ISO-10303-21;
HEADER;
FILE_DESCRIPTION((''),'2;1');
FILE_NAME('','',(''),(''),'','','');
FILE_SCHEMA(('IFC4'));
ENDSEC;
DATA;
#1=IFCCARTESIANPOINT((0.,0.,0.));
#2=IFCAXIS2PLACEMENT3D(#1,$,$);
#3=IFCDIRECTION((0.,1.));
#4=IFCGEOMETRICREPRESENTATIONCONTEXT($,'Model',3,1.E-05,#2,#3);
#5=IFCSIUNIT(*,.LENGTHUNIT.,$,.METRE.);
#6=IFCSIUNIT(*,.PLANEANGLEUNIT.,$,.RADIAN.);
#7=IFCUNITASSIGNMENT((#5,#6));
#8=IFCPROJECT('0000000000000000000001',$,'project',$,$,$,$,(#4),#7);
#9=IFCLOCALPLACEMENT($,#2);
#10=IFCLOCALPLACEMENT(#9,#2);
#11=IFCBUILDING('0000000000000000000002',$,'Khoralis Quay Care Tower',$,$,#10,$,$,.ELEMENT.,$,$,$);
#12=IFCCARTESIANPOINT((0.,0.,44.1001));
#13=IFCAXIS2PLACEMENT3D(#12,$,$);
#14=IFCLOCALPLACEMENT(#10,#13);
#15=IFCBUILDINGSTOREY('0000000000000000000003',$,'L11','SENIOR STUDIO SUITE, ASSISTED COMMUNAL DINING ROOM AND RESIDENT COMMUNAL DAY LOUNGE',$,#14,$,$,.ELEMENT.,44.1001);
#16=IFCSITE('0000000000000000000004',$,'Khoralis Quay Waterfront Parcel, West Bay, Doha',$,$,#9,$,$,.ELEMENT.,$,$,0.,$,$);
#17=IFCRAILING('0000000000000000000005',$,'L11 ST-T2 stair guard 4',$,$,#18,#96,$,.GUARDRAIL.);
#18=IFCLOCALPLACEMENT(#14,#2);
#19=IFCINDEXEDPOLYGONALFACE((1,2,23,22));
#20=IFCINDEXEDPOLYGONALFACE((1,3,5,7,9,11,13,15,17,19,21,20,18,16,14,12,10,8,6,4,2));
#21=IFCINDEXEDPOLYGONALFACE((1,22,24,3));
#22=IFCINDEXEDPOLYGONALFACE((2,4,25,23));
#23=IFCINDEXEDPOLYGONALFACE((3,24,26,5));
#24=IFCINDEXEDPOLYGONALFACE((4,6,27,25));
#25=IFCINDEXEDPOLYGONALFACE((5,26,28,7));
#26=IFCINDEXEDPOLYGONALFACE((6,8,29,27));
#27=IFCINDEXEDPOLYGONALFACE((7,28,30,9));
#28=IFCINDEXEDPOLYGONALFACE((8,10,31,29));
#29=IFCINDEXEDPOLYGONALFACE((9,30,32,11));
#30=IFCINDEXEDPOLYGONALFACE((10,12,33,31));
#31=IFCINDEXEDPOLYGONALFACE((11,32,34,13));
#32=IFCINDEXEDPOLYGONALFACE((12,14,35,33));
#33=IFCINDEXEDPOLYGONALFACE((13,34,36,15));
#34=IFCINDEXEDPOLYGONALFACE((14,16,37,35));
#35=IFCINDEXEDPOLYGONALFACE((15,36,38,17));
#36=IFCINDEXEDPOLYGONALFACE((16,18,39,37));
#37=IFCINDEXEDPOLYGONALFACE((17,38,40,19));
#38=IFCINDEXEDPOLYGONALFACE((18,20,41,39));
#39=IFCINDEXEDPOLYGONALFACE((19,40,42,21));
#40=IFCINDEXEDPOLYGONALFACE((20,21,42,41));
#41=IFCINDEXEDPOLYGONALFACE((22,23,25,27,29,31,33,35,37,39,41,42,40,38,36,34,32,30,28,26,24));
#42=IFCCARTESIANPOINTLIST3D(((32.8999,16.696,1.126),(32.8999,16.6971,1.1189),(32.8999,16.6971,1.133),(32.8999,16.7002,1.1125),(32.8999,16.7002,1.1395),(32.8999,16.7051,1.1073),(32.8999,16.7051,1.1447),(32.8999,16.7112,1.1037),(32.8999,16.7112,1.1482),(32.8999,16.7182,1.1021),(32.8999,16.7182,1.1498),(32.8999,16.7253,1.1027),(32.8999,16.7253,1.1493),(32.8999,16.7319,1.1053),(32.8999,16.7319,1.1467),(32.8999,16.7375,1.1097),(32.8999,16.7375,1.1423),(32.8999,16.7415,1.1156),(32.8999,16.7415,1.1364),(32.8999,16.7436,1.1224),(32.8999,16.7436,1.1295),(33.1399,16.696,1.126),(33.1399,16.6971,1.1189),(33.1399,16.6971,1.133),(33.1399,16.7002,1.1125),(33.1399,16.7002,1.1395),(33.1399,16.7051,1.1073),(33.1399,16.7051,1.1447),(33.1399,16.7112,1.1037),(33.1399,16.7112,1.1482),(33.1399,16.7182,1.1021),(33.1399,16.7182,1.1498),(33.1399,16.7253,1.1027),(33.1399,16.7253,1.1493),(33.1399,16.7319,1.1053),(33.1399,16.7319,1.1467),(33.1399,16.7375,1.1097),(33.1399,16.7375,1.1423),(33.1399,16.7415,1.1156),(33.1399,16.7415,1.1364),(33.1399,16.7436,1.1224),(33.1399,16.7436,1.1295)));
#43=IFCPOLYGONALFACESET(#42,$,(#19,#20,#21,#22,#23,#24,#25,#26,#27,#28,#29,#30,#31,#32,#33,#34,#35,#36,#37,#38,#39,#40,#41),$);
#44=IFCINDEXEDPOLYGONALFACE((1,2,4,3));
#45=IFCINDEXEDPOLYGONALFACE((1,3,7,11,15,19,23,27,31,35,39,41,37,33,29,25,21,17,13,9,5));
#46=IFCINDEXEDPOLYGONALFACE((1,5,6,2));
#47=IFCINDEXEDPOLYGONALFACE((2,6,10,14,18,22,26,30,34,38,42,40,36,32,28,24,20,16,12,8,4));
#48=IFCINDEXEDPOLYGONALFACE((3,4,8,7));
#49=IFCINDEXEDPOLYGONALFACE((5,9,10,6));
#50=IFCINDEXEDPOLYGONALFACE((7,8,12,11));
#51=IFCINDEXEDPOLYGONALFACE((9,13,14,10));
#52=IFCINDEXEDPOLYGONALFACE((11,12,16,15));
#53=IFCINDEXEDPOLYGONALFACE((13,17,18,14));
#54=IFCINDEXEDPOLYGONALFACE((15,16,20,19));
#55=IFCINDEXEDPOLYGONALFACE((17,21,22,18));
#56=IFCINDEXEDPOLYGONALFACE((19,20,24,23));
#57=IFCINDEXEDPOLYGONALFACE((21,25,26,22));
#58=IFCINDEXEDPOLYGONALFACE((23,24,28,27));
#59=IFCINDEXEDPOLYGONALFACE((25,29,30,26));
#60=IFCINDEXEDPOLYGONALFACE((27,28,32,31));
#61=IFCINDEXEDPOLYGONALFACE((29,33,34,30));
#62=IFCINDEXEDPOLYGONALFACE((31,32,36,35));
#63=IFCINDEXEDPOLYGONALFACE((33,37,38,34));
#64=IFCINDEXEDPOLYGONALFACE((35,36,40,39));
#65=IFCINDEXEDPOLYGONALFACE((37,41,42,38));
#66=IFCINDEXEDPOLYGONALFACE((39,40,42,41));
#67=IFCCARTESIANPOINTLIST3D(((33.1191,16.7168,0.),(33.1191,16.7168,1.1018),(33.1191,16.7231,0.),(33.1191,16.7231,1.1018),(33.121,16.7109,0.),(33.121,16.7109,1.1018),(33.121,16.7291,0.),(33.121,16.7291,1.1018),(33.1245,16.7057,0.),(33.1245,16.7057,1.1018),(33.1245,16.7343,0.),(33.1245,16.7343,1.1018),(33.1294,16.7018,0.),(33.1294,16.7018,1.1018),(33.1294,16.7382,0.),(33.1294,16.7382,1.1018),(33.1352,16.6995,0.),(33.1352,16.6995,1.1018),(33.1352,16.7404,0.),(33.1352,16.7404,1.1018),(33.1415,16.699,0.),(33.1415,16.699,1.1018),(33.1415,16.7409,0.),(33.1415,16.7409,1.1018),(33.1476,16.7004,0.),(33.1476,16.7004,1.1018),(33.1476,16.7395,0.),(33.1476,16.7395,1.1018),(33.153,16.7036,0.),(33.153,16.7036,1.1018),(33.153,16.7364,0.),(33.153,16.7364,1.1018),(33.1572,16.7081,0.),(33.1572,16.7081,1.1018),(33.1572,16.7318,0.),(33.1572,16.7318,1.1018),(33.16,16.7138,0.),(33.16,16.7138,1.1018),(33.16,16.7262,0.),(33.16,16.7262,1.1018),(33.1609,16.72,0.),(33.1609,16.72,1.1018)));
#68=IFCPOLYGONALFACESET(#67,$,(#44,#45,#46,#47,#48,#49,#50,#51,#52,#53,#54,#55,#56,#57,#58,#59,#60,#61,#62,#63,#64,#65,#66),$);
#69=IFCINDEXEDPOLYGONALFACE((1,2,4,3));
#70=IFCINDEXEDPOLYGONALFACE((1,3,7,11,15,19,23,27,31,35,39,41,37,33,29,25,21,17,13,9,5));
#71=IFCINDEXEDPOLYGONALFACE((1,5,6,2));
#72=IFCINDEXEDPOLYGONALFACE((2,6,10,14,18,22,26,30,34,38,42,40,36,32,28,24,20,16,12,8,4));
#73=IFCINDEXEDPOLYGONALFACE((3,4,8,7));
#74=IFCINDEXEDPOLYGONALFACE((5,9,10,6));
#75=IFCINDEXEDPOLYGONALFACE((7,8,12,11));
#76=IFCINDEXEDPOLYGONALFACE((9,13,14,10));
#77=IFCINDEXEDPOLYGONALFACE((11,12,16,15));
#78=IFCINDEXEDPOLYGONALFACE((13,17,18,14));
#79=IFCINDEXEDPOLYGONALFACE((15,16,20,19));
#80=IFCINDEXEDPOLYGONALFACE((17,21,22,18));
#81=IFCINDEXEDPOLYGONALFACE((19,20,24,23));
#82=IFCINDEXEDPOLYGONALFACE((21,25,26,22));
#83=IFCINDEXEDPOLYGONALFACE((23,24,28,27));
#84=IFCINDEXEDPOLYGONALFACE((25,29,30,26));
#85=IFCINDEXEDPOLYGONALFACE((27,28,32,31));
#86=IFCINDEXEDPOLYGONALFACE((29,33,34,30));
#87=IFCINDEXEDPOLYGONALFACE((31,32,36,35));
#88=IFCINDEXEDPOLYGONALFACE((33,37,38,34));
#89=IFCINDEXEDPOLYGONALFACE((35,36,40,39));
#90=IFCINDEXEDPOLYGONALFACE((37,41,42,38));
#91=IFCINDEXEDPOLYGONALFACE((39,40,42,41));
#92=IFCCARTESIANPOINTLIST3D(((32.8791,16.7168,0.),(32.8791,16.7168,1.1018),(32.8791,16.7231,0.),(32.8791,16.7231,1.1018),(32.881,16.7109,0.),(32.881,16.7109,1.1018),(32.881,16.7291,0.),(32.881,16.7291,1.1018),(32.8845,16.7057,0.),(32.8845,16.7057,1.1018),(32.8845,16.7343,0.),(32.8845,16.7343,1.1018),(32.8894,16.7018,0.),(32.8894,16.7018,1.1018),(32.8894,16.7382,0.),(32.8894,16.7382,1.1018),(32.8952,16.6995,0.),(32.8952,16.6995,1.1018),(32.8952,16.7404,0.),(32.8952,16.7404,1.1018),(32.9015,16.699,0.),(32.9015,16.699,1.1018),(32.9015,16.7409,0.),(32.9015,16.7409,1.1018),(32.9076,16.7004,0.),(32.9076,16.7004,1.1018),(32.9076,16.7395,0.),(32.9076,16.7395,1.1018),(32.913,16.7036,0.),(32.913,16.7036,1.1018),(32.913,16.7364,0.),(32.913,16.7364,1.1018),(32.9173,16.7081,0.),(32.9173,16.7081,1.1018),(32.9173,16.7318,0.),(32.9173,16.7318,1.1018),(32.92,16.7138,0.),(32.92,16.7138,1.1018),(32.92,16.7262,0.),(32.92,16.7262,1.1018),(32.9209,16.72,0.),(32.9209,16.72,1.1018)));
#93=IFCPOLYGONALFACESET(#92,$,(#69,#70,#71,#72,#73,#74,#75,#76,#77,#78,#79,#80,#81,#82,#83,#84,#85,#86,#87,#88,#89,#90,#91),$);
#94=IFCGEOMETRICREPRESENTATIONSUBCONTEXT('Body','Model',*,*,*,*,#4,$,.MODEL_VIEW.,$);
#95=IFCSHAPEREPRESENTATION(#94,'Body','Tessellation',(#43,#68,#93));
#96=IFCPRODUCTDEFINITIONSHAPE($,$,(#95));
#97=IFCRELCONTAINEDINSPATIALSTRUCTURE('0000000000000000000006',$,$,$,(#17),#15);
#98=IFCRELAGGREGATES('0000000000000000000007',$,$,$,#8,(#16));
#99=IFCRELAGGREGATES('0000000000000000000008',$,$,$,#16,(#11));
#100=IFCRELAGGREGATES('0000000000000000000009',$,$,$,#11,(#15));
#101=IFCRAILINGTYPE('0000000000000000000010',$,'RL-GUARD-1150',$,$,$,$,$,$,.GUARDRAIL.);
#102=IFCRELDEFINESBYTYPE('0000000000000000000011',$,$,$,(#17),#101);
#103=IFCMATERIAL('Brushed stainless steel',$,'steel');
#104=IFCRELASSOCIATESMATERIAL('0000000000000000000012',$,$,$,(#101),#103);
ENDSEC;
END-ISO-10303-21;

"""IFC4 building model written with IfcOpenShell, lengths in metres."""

from ifc_helpers import new_model, si_unit, direction, frame, origin, origin_2d, place, context, subcontext, project, spatial, circle, extrude, material, type_object, element, save


model = new_model("IFC4")

# Units and contexts
model_context = context("Model", 3, precision=1e-05, world=origin(), true_north=direction((0.0, 1.0)))
body_context = subcontext(model_context, "Body", "Model", "MODEL_VIEW")
ifc_project = project(units=[si_unit("LENGTHUNIT", "METRE"), si_unit("PLANEANGLEUNIT", "RADIAN")], contexts=[model_context])

# Site, building, storey
site_placement = place(None, origin())
site = spatial("IfcSite", under=ifc_project, at=site_placement, Name="Khoralis Quay Waterfront Parcel, West Bay, Doha", CompositionType="ELEMENT", RefElevation=0.0)
building_placement = place(site_placement, origin())
building = spatial("IfcBuilding", under=site, at=building_placement, Name="Khoralis Quay Care Tower", CompositionType="ELEMENT")
storey_placement = place(building_placement, frame((0.0, 0.0, 44.1001)))
storey = spatial("IfcBuildingStorey", under=building, at=storey_placement, Name="L11", Description="SENIOR STUDIO SUITE, ASSISTED COMMUNAL DINING ROOM AND RESIDENT COMMUNAL DAY LOUNGE", CompositionType="ELEMENT", Elevation=44.1001)

# Shared definitions
ifc_material_1 = material(Name="Brushed stainless steel", Category="steel")

# Railing
railing_type_1 = type_object("IfcRailingType", Name="RL-GUARD-1150", PredefinedType="GUARDRAIL", material=ifc_material_1)
railing_1_placement = place(storey_placement, frame((33.1399, 16.72, 0.0)))
element("IfcRailing", 1, at=railing_1_placement, inside=storey, type_object=railing_type_1, Name="L11 ST-T2 stair guard 4", PredefinedType="GUARDRAIL", context=body_context, shape_type="SweptSolid", body=[
    extrude(circle(Radius=0.0239, at=origin_2d()), frame((0.0, 0.0, 1.126), z_axis=(-1.0, 0.0, 0.0), x_axis=(0.0, -1.0, 0.0)), (0.0, 0.0, 1.0), 0.24),
    extrude(circle(Radius=0.021, at=origin_2d()), origin(), (0.0, 0.0, 1.0), 1.1018),
    extrude(circle(Radius=0.021, at=origin_2d()), frame((-0.24, 0.0, 0.0)), (0.0, 0.0, 1.0), 1.1018),
])

save(model, "model.ifc")
